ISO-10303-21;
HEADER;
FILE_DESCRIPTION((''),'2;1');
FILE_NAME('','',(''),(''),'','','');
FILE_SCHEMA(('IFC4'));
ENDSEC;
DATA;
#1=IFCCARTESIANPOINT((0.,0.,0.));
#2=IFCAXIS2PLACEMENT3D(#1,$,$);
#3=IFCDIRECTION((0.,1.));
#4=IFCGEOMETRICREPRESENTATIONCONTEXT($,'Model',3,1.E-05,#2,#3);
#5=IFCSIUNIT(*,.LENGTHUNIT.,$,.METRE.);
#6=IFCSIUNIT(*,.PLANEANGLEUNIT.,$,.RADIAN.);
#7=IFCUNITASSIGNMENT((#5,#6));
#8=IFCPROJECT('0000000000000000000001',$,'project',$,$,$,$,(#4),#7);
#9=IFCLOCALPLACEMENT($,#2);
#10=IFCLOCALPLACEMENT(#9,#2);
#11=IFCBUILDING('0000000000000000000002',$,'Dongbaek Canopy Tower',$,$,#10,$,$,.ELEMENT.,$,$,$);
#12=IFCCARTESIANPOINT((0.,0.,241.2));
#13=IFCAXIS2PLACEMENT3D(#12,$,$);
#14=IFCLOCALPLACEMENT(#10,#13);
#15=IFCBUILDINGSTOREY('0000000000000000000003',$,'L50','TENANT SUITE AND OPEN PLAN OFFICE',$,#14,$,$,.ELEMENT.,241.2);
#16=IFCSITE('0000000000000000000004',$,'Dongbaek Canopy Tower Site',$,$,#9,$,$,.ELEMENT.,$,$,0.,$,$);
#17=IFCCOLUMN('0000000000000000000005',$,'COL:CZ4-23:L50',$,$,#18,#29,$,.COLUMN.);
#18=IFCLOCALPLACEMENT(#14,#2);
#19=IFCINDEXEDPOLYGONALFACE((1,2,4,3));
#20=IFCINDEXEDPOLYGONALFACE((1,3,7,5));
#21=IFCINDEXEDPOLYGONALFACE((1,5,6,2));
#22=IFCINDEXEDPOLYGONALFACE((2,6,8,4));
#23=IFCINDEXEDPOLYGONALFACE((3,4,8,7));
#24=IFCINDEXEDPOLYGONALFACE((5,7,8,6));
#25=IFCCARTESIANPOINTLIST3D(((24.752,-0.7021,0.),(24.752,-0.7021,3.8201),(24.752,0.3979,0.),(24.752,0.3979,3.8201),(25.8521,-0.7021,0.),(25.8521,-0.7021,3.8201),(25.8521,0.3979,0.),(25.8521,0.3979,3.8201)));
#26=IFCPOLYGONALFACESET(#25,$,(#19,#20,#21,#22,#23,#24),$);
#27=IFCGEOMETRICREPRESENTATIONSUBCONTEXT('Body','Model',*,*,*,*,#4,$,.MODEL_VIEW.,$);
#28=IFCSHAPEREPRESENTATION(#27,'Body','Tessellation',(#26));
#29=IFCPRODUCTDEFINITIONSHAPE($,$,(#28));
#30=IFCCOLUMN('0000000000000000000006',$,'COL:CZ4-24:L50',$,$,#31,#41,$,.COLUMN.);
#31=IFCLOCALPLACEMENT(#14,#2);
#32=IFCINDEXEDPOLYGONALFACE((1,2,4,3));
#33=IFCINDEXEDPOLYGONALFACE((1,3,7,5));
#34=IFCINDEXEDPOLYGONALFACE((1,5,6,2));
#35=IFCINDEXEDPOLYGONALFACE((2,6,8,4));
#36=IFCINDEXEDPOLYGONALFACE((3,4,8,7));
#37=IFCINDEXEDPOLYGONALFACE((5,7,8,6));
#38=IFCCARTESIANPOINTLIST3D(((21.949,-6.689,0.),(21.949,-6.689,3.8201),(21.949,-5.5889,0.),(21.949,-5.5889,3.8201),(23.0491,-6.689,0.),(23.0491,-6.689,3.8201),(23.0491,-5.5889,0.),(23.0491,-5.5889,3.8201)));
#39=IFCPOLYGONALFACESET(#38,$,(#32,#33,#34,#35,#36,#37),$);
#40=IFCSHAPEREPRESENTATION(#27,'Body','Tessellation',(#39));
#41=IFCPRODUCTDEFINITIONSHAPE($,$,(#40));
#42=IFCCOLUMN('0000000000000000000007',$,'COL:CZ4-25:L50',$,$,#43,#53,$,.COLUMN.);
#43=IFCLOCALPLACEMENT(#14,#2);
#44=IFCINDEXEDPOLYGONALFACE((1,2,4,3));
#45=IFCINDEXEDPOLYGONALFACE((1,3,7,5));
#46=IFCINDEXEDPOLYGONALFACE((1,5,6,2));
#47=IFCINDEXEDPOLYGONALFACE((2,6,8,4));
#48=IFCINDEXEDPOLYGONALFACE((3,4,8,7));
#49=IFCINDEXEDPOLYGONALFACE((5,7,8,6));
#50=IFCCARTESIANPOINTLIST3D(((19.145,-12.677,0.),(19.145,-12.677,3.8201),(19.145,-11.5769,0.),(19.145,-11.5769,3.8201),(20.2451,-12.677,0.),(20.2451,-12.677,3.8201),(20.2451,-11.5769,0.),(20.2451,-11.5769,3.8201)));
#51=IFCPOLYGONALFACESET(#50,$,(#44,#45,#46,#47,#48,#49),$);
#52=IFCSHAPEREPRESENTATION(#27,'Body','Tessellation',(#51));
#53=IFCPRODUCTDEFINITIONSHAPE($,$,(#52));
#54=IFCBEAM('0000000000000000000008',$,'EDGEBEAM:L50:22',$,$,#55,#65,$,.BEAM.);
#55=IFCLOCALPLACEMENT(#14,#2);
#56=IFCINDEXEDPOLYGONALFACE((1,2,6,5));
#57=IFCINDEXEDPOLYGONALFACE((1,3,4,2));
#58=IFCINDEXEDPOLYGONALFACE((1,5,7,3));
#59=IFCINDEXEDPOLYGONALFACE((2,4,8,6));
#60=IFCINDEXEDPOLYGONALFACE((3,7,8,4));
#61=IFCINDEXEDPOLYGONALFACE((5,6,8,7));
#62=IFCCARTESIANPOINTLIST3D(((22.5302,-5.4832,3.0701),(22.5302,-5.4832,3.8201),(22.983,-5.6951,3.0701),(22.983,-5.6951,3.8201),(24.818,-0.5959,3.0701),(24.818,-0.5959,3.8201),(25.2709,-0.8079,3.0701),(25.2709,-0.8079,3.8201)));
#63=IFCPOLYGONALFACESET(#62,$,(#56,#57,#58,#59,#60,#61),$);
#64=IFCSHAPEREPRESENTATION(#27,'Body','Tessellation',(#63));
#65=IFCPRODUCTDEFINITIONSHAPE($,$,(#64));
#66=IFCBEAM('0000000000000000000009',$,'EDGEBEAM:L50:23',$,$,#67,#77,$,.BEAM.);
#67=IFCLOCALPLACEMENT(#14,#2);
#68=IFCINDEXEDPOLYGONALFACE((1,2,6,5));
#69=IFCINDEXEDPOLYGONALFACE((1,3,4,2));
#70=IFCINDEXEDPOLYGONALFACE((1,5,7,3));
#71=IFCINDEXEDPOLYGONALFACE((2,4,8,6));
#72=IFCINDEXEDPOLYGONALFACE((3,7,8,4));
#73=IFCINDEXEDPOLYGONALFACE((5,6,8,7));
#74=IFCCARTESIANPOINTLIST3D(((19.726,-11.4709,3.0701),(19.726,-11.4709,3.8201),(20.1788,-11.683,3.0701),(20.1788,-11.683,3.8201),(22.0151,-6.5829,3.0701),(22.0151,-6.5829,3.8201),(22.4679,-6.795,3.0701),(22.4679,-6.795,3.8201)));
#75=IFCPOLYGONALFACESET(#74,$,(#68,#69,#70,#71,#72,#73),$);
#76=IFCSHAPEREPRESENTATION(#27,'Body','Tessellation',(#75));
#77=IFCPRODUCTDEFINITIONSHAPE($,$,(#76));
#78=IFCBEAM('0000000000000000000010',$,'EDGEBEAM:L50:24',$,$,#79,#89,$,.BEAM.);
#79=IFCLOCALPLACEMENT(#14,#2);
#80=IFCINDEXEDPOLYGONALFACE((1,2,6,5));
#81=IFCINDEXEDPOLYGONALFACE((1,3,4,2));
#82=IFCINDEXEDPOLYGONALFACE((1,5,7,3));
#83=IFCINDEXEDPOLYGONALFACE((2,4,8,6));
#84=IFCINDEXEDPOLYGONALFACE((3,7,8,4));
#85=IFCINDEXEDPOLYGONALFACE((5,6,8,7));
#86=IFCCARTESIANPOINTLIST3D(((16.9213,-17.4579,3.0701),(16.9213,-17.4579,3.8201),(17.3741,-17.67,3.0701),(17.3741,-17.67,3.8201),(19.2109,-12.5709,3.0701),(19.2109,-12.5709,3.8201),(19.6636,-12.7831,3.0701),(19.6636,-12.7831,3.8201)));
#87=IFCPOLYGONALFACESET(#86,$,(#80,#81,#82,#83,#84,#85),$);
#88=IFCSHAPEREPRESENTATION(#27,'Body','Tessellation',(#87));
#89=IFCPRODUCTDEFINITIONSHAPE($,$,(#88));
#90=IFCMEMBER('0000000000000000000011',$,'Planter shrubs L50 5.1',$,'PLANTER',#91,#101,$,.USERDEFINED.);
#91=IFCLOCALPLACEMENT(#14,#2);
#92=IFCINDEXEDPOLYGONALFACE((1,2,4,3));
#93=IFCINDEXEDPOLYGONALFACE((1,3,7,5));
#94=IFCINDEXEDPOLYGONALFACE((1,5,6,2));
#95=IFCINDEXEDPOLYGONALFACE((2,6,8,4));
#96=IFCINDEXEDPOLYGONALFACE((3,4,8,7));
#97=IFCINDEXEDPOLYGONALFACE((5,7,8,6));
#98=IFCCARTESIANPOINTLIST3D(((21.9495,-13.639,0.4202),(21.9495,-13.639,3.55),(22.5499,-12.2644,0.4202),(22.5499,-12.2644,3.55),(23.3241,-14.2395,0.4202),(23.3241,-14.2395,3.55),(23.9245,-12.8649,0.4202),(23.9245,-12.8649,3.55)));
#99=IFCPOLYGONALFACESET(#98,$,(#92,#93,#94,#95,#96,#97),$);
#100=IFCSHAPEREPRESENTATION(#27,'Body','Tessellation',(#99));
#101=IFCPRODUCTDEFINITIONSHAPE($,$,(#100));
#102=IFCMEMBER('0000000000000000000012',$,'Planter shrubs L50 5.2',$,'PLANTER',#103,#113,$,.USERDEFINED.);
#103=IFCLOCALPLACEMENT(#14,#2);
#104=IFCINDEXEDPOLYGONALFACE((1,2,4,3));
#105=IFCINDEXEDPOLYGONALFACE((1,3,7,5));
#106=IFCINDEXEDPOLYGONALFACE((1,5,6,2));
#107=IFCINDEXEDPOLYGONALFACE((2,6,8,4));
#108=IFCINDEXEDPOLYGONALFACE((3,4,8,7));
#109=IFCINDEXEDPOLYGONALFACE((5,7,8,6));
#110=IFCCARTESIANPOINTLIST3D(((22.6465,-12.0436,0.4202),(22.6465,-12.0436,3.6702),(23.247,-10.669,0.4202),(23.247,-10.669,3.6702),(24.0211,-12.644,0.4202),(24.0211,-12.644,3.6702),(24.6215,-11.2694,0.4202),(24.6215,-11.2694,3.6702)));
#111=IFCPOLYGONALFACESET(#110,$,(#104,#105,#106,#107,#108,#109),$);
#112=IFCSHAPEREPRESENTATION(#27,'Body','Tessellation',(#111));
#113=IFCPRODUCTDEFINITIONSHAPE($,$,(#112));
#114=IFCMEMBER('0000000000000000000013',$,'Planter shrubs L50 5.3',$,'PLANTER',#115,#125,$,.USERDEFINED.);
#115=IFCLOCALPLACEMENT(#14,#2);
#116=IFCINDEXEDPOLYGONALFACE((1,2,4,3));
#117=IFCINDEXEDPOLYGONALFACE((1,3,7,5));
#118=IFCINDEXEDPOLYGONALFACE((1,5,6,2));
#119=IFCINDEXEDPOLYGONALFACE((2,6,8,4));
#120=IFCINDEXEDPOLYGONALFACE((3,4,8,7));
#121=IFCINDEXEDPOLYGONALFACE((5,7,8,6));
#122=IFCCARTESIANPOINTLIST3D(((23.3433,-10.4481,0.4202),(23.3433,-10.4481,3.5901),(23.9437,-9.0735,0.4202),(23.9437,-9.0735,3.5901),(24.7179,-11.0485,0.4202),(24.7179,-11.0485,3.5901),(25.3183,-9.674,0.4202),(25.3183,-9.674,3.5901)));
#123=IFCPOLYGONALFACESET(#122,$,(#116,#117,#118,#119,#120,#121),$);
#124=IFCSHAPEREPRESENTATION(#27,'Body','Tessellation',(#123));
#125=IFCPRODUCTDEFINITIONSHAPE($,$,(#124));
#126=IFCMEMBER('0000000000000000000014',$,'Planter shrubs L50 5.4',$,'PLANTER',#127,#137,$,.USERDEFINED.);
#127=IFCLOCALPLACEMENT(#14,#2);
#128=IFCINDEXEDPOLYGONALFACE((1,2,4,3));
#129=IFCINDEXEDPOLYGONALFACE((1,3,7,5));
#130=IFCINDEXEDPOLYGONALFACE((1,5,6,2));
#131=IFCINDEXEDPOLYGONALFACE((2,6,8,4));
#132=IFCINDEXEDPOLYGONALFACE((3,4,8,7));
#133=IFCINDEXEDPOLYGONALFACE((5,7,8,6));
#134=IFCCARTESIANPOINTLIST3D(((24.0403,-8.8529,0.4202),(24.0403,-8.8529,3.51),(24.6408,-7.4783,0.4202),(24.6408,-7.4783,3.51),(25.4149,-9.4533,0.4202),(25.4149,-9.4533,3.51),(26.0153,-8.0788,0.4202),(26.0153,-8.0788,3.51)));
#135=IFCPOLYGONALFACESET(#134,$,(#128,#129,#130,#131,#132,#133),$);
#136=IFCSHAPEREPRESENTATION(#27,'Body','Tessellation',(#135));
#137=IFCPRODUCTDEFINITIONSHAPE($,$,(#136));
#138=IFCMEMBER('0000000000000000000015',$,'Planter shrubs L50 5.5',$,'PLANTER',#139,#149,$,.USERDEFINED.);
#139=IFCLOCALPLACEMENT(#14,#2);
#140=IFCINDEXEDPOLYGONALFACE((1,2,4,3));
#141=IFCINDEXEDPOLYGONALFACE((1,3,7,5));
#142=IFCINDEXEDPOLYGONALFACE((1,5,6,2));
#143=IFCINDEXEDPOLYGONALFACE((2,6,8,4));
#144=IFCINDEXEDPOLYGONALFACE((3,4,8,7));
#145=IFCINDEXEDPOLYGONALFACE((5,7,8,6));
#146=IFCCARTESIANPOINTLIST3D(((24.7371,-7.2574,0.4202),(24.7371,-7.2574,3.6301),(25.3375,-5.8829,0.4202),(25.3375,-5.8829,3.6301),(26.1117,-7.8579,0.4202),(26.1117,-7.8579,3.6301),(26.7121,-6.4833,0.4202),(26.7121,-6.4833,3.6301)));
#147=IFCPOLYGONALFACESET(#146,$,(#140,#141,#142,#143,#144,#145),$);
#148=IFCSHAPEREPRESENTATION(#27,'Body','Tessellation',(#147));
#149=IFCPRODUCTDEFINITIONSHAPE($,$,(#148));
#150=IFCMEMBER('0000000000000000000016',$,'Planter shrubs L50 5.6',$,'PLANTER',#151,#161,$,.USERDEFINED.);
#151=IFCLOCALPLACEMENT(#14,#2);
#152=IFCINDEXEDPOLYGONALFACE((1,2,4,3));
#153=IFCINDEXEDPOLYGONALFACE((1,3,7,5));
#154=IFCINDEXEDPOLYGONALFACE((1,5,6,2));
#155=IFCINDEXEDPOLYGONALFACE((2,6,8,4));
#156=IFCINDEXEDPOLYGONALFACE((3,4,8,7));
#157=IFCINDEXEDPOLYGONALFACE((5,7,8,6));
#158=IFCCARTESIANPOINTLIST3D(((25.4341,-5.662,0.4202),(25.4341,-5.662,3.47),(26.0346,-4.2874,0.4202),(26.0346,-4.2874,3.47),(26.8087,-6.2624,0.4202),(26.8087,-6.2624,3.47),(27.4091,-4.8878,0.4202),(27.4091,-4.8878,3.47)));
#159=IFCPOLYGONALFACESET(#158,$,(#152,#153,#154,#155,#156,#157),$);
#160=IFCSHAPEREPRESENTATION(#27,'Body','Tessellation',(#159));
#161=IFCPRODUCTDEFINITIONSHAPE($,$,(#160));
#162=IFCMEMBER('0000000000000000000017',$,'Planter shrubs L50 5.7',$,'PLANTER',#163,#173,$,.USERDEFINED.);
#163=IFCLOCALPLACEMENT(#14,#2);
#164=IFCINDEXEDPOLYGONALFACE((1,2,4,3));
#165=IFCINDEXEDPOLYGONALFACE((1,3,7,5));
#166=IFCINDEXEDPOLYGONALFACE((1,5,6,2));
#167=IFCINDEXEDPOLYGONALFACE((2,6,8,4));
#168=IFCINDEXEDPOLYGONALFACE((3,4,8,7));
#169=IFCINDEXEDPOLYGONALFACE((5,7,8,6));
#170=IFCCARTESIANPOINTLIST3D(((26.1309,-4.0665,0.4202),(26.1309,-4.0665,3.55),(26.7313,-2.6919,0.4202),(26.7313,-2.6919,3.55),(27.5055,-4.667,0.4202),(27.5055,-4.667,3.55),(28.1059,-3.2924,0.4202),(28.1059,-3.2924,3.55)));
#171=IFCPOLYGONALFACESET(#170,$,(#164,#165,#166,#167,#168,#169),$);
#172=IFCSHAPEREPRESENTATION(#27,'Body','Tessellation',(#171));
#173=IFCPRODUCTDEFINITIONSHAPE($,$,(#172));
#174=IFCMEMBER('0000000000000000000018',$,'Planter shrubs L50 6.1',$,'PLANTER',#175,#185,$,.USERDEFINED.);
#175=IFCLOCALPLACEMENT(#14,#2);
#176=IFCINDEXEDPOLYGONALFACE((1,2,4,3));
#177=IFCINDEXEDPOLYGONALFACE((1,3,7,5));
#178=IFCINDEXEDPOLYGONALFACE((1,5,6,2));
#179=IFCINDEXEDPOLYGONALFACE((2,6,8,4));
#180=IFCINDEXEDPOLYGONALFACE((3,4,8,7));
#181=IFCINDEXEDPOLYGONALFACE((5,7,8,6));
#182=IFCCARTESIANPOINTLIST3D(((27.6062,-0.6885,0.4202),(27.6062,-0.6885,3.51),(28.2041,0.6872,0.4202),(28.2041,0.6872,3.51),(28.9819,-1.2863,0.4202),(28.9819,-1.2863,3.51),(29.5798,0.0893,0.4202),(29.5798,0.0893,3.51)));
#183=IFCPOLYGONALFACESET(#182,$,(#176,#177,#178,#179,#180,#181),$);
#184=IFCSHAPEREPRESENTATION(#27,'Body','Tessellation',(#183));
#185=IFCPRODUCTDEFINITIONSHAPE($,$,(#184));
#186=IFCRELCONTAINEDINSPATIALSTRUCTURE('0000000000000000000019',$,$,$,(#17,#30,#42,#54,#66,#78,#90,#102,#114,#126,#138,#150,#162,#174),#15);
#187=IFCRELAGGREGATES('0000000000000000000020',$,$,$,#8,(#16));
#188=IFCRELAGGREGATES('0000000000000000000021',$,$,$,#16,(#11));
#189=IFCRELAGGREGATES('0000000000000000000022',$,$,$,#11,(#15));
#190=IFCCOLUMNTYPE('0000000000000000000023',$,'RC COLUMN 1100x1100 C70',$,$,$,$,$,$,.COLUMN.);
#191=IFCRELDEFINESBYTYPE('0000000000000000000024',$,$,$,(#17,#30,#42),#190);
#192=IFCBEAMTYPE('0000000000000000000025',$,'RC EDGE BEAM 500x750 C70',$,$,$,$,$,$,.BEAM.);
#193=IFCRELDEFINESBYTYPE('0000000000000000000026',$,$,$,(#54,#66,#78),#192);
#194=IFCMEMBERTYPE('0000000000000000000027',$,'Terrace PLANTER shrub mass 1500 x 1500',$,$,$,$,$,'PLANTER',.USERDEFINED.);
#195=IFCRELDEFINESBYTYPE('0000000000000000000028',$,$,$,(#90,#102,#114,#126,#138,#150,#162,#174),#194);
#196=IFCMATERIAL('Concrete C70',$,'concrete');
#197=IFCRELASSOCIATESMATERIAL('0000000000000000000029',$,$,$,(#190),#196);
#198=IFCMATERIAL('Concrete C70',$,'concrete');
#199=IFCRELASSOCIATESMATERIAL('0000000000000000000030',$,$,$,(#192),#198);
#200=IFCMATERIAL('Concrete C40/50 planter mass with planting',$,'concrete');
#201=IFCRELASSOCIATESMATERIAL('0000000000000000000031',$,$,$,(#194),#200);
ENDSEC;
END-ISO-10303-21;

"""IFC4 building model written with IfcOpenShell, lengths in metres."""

from ifc_helpers import new_model, si_unit, direction, frame, origin, origin_2d, place, context, subcontext, project, spatial, rectangle, extrude, material, material_profile, profile_set, type_object, element, save


model = new_model("IFC4")

# Units and contexts
model_context = context("Model", 3, precision=1e-05, world=origin(), true_north=direction((0.0, 1.0)))
body_context = subcontext(model_context, "Body", "Model", "MODEL_VIEW")
ifc_project = project(units=[si_unit("LENGTHUNIT", "METRE"), si_unit("PLANEANGLEUNIT", "RADIAN")], contexts=[model_context])

# Site, building, storey
site_placement = place(None, origin())
site = spatial("IfcSite", under=ifc_project, at=site_placement, Name="Dongbaek Canopy Tower Site", CompositionType="ELEMENT", RefElevation=0.0)
building_placement = place(site_placement, origin())
building = spatial("IfcBuilding", under=site, at=building_placement, Name="Dongbaek Canopy Tower", CompositionType="ELEMENT")
storey_placement = place(building_placement, frame((0.0, 0.0, 241.2)))
storey = spatial("IfcBuildingStorey", under=building, at=storey_placement, Name="L50", Description="TENANT SUITE AND OPEN PLAN OFFICE", CompositionType="ELEMENT", Elevation=241.2)

# Columns
ifc_material_1 = material(Name="Concrete C70", Category="concrete")
ifc_material_profile_1 = material_profile(ifc_material_1, rectangle(XDim=1.1001, YDim=1.1001, at=origin_2d()), Name="RC COLUMN 1100x1100 C70")
ifc_profile_set_1 = profile_set([ifc_material_profile_1], Name="Concrete C70")
column_type = type_object("IfcColumnType", Name="RC COLUMN 1100x1100 C70", PredefinedType="COLUMN", material=ifc_profile_set_1)
for number, where, z_axis, x_axis, name in (
    (1, (25.302, -0.1521, 0.0), (0.0, 0.0, 1.0), (1.0, 0.0, 0.0), "COL:CZ4-23:L50"),
    (2, (22.499, -6.1389, 0.0), (0.0, 0.0, 1.0), (1.0, 0.0, 0.0), "COL:CZ4-24:L50"),
    (3, (19.6951, -12.127, 0.0), (0.0, 0.0, 1.0), (1.0, 0.0, 0.0), "COL:CZ4-25:L50"),
):
    element("IfcColumn", number, at=place(storey_placement, frame(where, z_axis=z_axis, x_axis=x_axis)), inside=storey, type_object=column_type, Name=name, PredefinedType="COLUMN", context=body_context, shape_type="SweptSolid", body=[
        extrude(rectangle(XDim=1.1001, YDim=1.1001, at=origin_2d()), origin(), (0.0, 0.0, 1.0), 3.8201),
    ])

# Beams
ifc_material_2 = material(Name="Concrete C70", Category="concrete")
ifc_material_profile_2 = material_profile(ifc_material_2, rectangle(XDim=0.5, YDim=0.75, at=origin_2d()), Name="RC EDGE BEAM 500x750 C70")
ifc_profile_set_2 = profile_set([ifc_material_profile_2], Name="Concrete C70")
beam_type = type_object("IfcBeamType", Name="RC EDGE BEAM 500x750 C70", PredefinedType="BEAM", material=ifc_profile_set_2)
beam_1_placement = place(storey_placement, frame((25.0444, -0.7019, 3.4451), z_axis=(-0.423972, -0.905675, 0.0), x_axis=(0.905675, -0.423972, 0.0)))
element("IfcBeam", 4, at=beam_1_placement, inside=storey, type_object=beam_type, Name="EDGEBEAM:L50:22", PredefinedType="BEAM", context=body_context, shape_type="SweptSolid", body=[
    extrude(rectangle(XDim=0.5, YDim=0.75, at=origin_2d()), origin(), (0.0, 0.0, 1.0), 5.3962),
])
beam_2_placement = place(storey_placement, frame((22.2415, -6.689, 3.4451), z_axis=(-0.424106, -0.905613, 0.0), x_axis=(0.905613, -0.424106, 0.0)))
element("IfcBeam", 5, at=beam_2_placement, inside=storey, type_object=beam_type, Name="EDGEBEAM:L50:23", PredefinedType="BEAM", context=body_context, shape_type="SweptSolid", body=[
    extrude(rectangle(XDim=0.5, YDim=0.75, at=origin_2d()), origin(), (0.0, 0.0, 1.0), 5.3975),
])
beam_3_placement = place(storey_placement, frame((19.4373, -12.677, 3.4451), z_axis=(-0.42425, -0.905545, 0.0), x_axis=(0.905545, -0.42425, 0.0)))
element("IfcBeam", 6, at=beam_3_placement, inside=storey, type_object=beam_type, Name="EDGEBEAM:L50:24", PredefinedType="BEAM", context=body_context, shape_type="SweptSolid", body=[
    extrude(rectangle(XDim=0.5, YDim=0.75, at=origin_2d()), origin(), (0.0, 0.0, 1.0), 5.3967),
])

# Members
ifc_material_3 = material(Name="Concrete C40/50 planter mass with planting", Category="concrete")
ifc_material_profile_3 = material_profile(ifc_material_3, rectangle(XDim=1.5, YDim=1.5, at=origin_2d()), Name="Terrace PLANTER shrub mass 1500 x 1500")
ifc_profile_set_3 = profile_set([ifc_material_profile_3], Name="Concrete C40/50 planter mass with planting")
member_type = type_object("IfcMemberType", Name="Terrace PLANTER shrub mass 1500 x 1500", ElementType="PLANTER", PredefinedType="USERDEFINED", material=ifc_profile_set_3)
member_1_placement = place(storey_placement, frame((22.937, -13.252, 0.4202), z_axis=(0.0, 0.0, 1.0), x_axis=(0.916386, -0.400295, 0.0)))
element("IfcMember", 7, at=member_1_placement, inside=storey, type_object=member_type, Name="Planter shrubs L50 5.1", ObjectType="PLANTER", PredefinedType="USERDEFINED", context=body_context, shape_type="SweptSolid", body=[
    extrude(rectangle(XDim=1.5, YDim=1.5, at=origin_2d()), origin(), (0.0, 0.0, 1.0), 3.1299),
])
member_2_placement = place(storey_placement, frame((23.634, -11.6565, 0.4202), z_axis=(0.0, 0.0, 1.0), x_axis=(0.916386, -0.400295, 0.0)))
element("IfcMember", 8, at=member_2_placement, inside=storey, type_object=member_type, Name="Planter shrubs L50 5.2", ObjectType="PLANTER", PredefinedType="USERDEFINED", context=body_context, shape_type="SweptSolid", body=[
    extrude(rectangle(XDim=1.5, YDim=1.5, at=origin_2d()), origin(), (0.0, 0.0, 1.0), 3.25),
])
member_3_placement = place(storey_placement, frame((24.3308, -10.061, 0.4202), z_axis=(0.0, 0.0, 1.0), x_axis=(0.916386, -0.400295, 0.0)))
element("IfcMember", 9, at=member_3_placement, inside=storey, type_object=member_type, Name="Planter shrubs L50 5.3", ObjectType="PLANTER", PredefinedType="USERDEFINED", context=body_context, shape_type="SweptSolid", body=[
    extrude(rectangle(XDim=1.5, YDim=1.5, at=origin_2d()), origin(), (0.0, 0.0, 1.0), 3.1699),
])
member_4_placement = place(storey_placement, frame((25.0278, -8.4658, 0.4202), z_axis=(0.0, 0.0, 1.0), x_axis=(0.916386, -0.400295, 0.0)))
element("IfcMember", 10, at=member_4_placement, inside=storey, type_object=member_type, Name="Planter shrubs L50 5.4", ObjectType="PLANTER", PredefinedType="USERDEFINED", context=body_context, shape_type="SweptSolid", body=[
    extrude(rectangle(XDim=1.5, YDim=1.5, at=origin_2d()), origin(), (0.0, 0.0, 1.0), 3.0898),
])
member_5_placement = place(storey_placement, frame((25.7246, -6.8704, 0.4202), z_axis=(0.0, 0.0, 1.0), x_axis=(0.916386, -0.400295, 0.0)))
element("IfcMember", 11, at=member_5_placement, inside=storey, type_object=member_type, Name="Planter shrubs L50 5.5", ObjectType="PLANTER", PredefinedType="USERDEFINED", context=body_context, shape_type="SweptSolid", body=[
    extrude(rectangle(XDim=1.5, YDim=1.5, at=origin_2d()), origin(), (0.0, 0.0, 1.0), 3.21),
])
member_6_placement = place(storey_placement, frame((26.4216, -5.2749, 0.4202), z_axis=(0.0, 0.0, 1.0), x_axis=(0.916386, -0.400295, 0.0)))
element("IfcMember", 12, at=member_6_placement, inside=storey, type_object=member_type, Name="Planter shrubs L50 5.6", ObjectType="PLANTER", PredefinedType="USERDEFINED", context=body_context, shape_type="SweptSolid", body=[
    extrude(rectangle(XDim=1.5, YDim=1.5, at=origin_2d()), origin(), (0.0, 0.0, 1.0), 3.0498),
])
member_7_placement = place(storey_placement, frame((27.1184, -3.6794, 0.4202), z_axis=(0.0, 0.0, 1.0), x_axis=(0.916386, -0.400295, 0.0)))
element("IfcMember", 13, at=member_7_placement, inside=storey, type_object=member_type, Name="Planter shrubs L50 5.7", ObjectType="PLANTER", PredefinedType="USERDEFINED", context=body_context, shape_type="SweptSolid", body=[
    extrude(rectangle(XDim=1.5, YDim=1.5, at=origin_2d()), origin(), (0.0, 0.0, 1.0), 3.1299),
])
member_8_placement = place(storey_placement, frame((28.593, -0.2996, 0.4202), z_axis=(0.0, 0.0, 1.0), x_axis=(0.917131, -0.398585, 0.0)))
element("IfcMember", 14, at=member_8_placement, inside=storey, type_object=member_type, Name="Planter shrubs L50 6.1", ObjectType="PLANTER", PredefinedType="USERDEFINED", context=body_context, shape_type="SweptSolid", body=[
    extrude(rectangle(XDim=1.5, YDim=1.5, at=origin_2d()), origin(), (0.0, 0.0, 1.0), 3.0898),
])

save(model, "model.ifc")
